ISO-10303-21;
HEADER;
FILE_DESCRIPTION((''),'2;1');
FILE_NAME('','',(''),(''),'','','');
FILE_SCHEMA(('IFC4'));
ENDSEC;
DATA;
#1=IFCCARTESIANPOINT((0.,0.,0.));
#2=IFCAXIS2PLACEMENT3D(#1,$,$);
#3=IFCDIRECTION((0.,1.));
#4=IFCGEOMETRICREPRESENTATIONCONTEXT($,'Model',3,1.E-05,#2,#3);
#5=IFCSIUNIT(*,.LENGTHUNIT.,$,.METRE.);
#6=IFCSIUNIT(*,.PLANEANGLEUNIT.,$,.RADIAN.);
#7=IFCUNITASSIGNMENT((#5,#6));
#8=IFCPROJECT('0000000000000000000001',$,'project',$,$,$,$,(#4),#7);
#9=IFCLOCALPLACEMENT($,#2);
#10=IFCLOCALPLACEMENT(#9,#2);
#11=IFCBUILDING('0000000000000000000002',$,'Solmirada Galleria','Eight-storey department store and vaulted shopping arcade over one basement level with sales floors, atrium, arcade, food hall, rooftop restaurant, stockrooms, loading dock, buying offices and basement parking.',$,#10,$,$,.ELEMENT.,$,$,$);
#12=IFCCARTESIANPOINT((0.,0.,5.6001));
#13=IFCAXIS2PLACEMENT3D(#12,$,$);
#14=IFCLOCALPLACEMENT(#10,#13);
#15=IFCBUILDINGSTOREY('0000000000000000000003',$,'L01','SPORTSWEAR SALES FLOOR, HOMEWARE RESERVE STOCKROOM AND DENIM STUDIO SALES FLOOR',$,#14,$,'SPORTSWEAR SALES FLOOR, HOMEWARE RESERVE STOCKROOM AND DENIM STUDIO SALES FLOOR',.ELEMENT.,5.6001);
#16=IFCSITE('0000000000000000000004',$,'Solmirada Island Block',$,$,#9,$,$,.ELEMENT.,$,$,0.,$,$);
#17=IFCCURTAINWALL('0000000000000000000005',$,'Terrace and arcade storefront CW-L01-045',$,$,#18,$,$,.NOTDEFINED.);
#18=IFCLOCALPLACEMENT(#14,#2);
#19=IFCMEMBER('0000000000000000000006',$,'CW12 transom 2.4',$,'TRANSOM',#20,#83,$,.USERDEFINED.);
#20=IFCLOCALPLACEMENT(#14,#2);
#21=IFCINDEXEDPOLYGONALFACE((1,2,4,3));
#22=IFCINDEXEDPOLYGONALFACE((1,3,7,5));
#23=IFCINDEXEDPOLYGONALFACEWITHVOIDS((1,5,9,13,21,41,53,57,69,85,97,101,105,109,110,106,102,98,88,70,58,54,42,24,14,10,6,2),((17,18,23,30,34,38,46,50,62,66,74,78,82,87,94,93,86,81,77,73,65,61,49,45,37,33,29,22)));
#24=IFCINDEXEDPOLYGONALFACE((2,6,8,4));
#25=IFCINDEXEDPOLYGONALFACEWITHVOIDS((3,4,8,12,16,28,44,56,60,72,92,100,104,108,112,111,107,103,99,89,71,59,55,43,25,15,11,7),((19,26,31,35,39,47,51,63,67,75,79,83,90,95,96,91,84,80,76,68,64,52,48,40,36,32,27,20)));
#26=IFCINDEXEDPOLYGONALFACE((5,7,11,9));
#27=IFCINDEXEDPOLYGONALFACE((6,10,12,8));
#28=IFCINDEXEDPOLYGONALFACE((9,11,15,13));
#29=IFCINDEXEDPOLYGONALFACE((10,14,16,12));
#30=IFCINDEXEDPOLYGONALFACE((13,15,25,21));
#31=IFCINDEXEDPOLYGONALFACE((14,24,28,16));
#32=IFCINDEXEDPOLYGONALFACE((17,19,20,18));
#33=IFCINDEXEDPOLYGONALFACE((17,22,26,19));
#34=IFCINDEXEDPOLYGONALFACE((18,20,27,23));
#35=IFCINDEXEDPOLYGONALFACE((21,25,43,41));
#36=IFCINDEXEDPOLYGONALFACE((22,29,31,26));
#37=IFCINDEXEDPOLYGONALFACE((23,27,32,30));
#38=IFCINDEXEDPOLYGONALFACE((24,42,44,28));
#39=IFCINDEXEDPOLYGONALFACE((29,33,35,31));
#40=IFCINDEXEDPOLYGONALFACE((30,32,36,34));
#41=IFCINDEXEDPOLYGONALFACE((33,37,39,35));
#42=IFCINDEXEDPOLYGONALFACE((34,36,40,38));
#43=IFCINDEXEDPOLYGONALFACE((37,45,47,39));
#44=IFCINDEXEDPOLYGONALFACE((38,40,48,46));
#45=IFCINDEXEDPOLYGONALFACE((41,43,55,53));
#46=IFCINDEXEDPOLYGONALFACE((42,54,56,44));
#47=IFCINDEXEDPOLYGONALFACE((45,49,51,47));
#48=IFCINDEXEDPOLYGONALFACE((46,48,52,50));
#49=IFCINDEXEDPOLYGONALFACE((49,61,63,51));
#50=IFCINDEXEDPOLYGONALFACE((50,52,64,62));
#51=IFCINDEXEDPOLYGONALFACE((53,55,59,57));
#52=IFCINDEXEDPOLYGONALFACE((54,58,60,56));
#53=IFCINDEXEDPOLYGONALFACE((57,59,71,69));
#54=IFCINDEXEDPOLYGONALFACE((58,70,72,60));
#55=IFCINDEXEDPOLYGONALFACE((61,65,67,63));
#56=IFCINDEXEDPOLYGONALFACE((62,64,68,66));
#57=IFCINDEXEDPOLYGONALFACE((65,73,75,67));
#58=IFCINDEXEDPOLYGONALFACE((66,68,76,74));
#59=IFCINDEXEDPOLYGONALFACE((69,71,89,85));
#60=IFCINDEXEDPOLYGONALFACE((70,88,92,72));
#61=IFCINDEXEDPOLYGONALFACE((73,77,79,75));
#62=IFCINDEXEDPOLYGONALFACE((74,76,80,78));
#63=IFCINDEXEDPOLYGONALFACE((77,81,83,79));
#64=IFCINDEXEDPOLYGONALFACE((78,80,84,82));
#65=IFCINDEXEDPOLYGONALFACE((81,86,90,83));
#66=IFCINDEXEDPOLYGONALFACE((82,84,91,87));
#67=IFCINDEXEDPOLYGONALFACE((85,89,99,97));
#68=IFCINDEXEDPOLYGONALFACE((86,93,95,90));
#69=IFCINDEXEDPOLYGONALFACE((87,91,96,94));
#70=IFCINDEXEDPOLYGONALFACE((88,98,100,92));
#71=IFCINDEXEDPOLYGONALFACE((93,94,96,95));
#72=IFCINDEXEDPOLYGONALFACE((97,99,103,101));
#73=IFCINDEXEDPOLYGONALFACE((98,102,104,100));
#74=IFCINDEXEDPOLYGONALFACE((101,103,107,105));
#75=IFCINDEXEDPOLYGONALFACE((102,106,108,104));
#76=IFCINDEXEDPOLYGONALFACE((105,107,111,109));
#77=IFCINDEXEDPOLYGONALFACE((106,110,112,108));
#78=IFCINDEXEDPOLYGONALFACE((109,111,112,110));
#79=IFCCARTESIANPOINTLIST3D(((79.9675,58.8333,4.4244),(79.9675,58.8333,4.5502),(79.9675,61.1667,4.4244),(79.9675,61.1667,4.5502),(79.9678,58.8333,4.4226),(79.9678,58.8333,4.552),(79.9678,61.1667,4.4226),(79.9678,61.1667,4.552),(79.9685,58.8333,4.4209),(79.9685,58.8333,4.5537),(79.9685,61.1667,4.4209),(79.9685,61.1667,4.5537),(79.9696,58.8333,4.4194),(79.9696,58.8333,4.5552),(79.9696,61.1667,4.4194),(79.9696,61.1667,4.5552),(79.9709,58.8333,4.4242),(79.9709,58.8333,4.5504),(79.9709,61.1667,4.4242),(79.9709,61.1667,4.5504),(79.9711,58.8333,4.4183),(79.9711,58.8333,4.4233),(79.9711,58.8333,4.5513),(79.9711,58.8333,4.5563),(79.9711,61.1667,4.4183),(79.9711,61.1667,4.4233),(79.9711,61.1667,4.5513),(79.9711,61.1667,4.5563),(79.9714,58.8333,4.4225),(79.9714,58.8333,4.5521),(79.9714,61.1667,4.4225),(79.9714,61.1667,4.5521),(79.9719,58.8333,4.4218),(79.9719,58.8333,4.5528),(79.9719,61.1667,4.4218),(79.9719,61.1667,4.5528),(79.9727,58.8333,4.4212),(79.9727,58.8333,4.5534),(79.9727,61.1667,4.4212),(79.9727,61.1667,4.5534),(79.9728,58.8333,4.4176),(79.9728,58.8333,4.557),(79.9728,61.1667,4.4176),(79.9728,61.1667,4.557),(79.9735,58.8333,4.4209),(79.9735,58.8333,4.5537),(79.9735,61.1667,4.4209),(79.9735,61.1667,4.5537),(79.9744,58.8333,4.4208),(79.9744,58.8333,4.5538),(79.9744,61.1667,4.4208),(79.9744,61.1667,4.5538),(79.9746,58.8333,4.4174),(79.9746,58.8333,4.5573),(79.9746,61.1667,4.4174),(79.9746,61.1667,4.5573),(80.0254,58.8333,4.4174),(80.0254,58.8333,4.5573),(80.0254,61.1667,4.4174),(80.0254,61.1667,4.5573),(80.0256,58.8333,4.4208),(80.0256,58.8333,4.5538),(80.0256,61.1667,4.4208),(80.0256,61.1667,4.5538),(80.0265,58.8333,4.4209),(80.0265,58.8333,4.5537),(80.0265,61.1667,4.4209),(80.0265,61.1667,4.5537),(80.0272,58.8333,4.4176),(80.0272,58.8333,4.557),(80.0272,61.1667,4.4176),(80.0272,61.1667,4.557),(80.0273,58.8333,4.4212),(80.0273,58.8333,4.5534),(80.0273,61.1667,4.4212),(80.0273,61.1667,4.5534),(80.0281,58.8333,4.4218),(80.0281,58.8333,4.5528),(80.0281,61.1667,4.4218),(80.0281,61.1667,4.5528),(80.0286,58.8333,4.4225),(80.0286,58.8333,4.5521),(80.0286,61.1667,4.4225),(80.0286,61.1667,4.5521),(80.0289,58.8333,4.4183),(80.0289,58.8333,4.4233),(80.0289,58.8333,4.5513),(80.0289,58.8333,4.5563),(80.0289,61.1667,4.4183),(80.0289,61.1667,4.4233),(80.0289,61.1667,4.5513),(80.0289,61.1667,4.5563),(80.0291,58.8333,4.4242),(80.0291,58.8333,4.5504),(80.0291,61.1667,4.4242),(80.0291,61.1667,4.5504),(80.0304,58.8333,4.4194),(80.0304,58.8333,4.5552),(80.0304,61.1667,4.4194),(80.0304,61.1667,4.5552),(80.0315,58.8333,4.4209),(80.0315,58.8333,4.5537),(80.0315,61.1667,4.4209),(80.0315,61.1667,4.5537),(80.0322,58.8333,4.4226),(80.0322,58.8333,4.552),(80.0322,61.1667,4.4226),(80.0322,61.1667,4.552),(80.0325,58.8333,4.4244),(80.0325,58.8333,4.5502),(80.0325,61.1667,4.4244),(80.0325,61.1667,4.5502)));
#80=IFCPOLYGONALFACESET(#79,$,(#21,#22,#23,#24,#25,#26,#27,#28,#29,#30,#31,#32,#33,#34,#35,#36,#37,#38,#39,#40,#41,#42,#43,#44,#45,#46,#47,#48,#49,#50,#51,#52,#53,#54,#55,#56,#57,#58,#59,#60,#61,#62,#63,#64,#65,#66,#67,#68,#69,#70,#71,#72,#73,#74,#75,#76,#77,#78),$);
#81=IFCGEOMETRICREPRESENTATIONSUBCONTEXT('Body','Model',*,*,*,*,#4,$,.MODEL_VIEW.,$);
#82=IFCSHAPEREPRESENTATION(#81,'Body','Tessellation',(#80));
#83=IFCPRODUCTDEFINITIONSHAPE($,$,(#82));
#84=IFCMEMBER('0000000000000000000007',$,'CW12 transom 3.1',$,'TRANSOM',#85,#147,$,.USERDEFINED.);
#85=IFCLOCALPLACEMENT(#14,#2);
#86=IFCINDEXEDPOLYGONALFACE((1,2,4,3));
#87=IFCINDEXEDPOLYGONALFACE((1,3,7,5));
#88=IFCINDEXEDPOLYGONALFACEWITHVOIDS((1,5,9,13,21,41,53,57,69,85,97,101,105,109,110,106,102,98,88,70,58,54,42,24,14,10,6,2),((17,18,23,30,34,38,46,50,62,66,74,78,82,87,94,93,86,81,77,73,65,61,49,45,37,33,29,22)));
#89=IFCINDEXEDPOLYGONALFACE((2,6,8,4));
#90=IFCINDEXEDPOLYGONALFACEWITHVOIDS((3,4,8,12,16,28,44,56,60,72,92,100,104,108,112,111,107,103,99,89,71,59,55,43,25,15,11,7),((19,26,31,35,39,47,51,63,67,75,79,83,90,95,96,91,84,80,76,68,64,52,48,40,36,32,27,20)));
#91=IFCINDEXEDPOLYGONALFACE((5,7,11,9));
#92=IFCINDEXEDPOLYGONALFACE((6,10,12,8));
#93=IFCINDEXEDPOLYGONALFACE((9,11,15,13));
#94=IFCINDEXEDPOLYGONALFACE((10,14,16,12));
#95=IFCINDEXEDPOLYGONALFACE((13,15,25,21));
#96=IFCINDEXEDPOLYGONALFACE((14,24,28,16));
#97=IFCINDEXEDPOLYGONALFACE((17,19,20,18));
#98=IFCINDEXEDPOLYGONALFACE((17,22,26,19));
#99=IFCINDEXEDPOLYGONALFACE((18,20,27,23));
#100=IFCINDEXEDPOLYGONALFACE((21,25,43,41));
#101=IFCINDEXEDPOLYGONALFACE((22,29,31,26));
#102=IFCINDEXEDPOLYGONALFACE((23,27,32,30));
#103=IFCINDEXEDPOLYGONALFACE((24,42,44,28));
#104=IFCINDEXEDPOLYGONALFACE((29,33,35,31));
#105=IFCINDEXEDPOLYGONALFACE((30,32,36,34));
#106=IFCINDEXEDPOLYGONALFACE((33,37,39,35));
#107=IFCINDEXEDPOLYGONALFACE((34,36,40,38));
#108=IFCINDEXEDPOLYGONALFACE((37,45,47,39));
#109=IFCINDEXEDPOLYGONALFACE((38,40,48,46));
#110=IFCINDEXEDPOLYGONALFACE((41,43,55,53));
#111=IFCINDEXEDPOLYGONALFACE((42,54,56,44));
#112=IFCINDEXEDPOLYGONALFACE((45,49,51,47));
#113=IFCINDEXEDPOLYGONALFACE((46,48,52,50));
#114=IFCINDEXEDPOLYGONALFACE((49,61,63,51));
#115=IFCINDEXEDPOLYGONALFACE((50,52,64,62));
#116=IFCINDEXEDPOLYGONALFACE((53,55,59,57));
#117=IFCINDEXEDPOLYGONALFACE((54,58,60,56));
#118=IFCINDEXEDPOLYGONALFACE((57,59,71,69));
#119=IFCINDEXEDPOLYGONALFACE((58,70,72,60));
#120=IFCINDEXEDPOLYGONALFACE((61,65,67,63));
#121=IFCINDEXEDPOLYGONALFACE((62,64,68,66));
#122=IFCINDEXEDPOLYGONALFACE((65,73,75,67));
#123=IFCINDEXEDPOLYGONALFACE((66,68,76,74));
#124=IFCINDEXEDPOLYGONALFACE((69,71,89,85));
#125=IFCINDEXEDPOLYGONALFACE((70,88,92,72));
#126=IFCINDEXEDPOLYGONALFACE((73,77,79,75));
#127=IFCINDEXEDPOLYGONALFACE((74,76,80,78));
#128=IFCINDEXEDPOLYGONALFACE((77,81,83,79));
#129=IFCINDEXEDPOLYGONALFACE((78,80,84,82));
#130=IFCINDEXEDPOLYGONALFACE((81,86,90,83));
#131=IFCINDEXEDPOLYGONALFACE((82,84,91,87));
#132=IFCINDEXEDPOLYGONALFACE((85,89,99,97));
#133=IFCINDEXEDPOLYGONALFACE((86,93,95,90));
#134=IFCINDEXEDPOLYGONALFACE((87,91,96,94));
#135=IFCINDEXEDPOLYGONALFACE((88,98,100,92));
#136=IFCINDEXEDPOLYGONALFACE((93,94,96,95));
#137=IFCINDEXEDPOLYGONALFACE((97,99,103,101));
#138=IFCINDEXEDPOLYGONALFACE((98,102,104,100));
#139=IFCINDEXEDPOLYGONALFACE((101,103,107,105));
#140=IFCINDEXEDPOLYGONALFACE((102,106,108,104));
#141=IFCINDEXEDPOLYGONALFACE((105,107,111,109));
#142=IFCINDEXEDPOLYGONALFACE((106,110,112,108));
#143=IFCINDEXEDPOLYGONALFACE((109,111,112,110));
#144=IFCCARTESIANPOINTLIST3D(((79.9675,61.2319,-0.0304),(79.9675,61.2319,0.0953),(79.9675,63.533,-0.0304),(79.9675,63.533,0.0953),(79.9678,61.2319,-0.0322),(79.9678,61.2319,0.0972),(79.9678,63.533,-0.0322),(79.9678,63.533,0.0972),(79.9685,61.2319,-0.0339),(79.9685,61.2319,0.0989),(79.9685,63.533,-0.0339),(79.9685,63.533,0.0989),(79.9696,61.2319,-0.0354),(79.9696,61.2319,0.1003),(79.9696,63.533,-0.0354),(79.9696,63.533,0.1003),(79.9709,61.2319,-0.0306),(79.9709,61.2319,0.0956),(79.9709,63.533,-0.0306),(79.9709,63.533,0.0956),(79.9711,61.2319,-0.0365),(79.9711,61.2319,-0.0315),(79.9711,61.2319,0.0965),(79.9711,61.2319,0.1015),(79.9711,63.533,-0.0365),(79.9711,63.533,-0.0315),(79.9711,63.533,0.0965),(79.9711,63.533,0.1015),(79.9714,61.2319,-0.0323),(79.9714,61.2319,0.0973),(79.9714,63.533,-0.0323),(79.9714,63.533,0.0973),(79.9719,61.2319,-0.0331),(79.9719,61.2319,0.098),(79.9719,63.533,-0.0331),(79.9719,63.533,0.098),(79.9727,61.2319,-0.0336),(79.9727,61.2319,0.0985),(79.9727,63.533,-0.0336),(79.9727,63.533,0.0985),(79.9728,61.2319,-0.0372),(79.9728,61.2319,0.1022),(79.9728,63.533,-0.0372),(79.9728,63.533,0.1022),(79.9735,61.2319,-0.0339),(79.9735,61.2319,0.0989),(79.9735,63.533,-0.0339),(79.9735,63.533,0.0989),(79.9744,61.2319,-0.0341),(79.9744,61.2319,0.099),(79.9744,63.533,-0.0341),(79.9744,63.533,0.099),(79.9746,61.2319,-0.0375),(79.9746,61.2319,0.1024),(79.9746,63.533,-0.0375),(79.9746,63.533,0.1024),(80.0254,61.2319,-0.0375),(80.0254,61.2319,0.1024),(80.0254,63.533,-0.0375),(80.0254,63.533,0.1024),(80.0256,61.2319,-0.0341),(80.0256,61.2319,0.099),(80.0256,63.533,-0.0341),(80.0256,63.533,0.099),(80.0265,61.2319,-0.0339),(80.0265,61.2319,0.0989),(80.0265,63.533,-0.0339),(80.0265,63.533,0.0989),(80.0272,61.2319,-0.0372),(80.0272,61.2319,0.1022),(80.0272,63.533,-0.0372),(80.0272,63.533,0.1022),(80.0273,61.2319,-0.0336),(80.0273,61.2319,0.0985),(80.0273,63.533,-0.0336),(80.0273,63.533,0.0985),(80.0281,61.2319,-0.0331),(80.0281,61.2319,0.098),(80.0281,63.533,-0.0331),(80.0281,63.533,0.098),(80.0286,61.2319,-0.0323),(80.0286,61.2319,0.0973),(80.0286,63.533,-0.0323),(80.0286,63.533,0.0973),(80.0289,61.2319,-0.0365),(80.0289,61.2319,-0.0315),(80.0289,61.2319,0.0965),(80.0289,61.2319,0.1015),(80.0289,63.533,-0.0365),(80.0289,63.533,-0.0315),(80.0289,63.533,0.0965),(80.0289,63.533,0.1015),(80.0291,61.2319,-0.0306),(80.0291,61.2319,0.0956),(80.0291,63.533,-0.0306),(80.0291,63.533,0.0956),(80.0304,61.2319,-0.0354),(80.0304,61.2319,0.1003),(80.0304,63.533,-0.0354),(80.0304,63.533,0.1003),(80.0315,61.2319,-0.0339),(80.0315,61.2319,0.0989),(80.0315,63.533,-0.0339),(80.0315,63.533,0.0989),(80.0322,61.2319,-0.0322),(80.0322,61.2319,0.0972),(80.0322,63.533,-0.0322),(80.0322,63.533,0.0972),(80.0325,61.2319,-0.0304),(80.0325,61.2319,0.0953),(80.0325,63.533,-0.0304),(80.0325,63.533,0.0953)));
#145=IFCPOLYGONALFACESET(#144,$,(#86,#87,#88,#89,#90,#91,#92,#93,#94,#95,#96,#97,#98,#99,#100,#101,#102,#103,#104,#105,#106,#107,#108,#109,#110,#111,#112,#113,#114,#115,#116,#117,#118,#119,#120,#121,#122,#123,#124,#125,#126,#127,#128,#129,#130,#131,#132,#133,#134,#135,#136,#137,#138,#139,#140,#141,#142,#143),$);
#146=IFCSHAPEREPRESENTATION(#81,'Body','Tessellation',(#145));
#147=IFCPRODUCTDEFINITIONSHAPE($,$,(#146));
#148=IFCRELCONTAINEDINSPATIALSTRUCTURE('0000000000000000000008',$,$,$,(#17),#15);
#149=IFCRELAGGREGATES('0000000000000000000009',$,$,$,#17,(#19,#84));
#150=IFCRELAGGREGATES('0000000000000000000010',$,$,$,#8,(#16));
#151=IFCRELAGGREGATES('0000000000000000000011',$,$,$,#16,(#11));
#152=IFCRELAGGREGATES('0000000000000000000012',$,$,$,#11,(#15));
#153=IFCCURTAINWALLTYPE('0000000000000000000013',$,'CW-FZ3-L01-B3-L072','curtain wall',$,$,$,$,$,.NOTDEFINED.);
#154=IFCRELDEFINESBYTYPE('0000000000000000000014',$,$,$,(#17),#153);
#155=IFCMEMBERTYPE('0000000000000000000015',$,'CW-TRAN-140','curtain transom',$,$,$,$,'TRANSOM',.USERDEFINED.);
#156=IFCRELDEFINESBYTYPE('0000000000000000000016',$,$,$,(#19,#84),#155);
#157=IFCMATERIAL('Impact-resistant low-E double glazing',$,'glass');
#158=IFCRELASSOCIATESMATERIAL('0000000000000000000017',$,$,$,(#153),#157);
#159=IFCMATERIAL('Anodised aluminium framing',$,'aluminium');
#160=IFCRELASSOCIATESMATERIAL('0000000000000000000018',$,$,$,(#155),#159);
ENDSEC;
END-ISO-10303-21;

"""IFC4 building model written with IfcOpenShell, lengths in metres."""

from ifc_helpers import new_model, si_unit, direction, frame, origin, origin_2d, place, context, subcontext, project, spatial, hollow_rectangle, extrude, material, material_profile, profile_set, type_object, element, aggregate, save


model = new_model("IFC4")

# Units and contexts
model_context = context("Model", 3, precision=1e-05, world=origin(), true_north=direction((0.0, 1.0)))
body_context = subcontext(model_context, "Body", "Model", "MODEL_VIEW")
ifc_project = project(units=[si_unit("LENGTHUNIT", "METRE"), si_unit("PLANEANGLEUNIT", "RADIAN")], contexts=[model_context])

# Site, building, storey
site_placement = place(None, origin())
site = spatial("IfcSite", under=ifc_project, at=site_placement, Name="Solmirada Island Block", CompositionType="ELEMENT", RefElevation=0.0)
building_placement = place(site_placement, origin())
building = spatial("IfcBuilding", under=site, at=building_placement, Name="Solmirada Galleria", Description="Eight-storey department store and vaulted shopping arcade over one basement level with sales floors, atrium, arcade, food hall, rooftop restaurant, stockrooms, loading dock, buying offices and basement parking.", CompositionType="ELEMENT")
storey_placement = place(building_placement, frame((0.0, 0.0, 5.6001)))
storey = spatial("IfcBuildingStorey", under=building, at=storey_placement, Name="L01", Description="SPORTSWEAR SALES FLOOR, HOMEWARE RESERVE STOCKROOM AND DENIM STUDIO SALES FLOOR", LongName="SPORTSWEAR SALES FLOOR, HOMEWARE RESERVE STOCKROOM AND DENIM STUDIO SALES FLOOR", CompositionType="ELEMENT", Elevation=5.6001)

# Curtain wall
ifc_material_1 = material(Name="Impact-resistant low-E double glazing", Category="glass")
curtain_wall_type = type_object("IfcCurtainWallType", Name="CW-FZ3-L01-B3-L072", Description="curtain wall", PredefinedType="NOTDEFINED", material=ifc_material_1)
curtain_wall_1_placement = place(storey_placement, origin())
curtain_wall_1 = element("IfcCurtainWall", 1, at=curtain_wall_1_placement, inside=storey, type_object=curtain_wall_type, Name="Terrace and arcade storefront CW-L01-045", PredefinedType="NOTDEFINED")
ifc_material_2 = material(Name="Anodised aluminium framing", Category="aluminium")

# Members
ifc_material_profile_1 = material_profile(ifc_material_2, hollow_rectangle(XDim=0.0649, YDim=0.1399, WallThickness=0.0034, InnerFilletRadius=0.0034, OuterFilletRadius=0.0071, at=origin_2d()), Name="ALU-TRAN-140X65")
ifc_profile_set_1 = profile_set([ifc_material_profile_1], Name="Anodised aluminium framing")
member_type_1 = type_object("IfcMemberType", Name="CW-TRAN-140", Description="curtain transom", ElementType="TRANSOM", PredefinedType="USERDEFINED", material=ifc_profile_set_1)
member_1_placement = place(storey_placement, frame((80.0, 58.8333, 4.4873), z_axis=(0.0, 1.0, 0.0), x_axis=(-1.0, 0.0, 0.0)))
member_1 = element("IfcMember", 2, at=member_1_placement, type_object=member_type_1, Name="CW12 transom 2.4", ObjectType="TRANSOM", PredefinedType="USERDEFINED", context=body_context, shape_type="SweptSolid", body=[
    extrude(hollow_rectangle(XDim=0.0649, YDim=0.1399, WallThickness=0.0034, InnerFilletRadius=0.0034, OuterFilletRadius=0.0071, at=origin_2d()), origin(), (0.0, 0.0, 1.0), 2.3335),
])
member_2_placement = place(storey_placement, frame((80.0, 61.2319, 0.0325), z_axis=(0.0, 1.0, 0.0), x_axis=(-1.0, 0.0, 0.0)))
member_2 = element("IfcMember", 3, at=member_2_placement, type_object=member_type_1, Name="CW12 transom 3.1", ObjectType="TRANSOM", PredefinedType="USERDEFINED", context=body_context, shape_type="SweptSolid", body=[
    extrude(hollow_rectangle(XDim=0.0649, YDim=0.1399, WallThickness=0.0034, InnerFilletRadius=0.0034, OuterFilletRadius=0.0071, at=origin_2d()), origin(), (0.0, 0.0, 1.0), 2.301),
])

aggregate(curtain_wall_1, [member_1, member_2])

save(model, "model.ifc")
